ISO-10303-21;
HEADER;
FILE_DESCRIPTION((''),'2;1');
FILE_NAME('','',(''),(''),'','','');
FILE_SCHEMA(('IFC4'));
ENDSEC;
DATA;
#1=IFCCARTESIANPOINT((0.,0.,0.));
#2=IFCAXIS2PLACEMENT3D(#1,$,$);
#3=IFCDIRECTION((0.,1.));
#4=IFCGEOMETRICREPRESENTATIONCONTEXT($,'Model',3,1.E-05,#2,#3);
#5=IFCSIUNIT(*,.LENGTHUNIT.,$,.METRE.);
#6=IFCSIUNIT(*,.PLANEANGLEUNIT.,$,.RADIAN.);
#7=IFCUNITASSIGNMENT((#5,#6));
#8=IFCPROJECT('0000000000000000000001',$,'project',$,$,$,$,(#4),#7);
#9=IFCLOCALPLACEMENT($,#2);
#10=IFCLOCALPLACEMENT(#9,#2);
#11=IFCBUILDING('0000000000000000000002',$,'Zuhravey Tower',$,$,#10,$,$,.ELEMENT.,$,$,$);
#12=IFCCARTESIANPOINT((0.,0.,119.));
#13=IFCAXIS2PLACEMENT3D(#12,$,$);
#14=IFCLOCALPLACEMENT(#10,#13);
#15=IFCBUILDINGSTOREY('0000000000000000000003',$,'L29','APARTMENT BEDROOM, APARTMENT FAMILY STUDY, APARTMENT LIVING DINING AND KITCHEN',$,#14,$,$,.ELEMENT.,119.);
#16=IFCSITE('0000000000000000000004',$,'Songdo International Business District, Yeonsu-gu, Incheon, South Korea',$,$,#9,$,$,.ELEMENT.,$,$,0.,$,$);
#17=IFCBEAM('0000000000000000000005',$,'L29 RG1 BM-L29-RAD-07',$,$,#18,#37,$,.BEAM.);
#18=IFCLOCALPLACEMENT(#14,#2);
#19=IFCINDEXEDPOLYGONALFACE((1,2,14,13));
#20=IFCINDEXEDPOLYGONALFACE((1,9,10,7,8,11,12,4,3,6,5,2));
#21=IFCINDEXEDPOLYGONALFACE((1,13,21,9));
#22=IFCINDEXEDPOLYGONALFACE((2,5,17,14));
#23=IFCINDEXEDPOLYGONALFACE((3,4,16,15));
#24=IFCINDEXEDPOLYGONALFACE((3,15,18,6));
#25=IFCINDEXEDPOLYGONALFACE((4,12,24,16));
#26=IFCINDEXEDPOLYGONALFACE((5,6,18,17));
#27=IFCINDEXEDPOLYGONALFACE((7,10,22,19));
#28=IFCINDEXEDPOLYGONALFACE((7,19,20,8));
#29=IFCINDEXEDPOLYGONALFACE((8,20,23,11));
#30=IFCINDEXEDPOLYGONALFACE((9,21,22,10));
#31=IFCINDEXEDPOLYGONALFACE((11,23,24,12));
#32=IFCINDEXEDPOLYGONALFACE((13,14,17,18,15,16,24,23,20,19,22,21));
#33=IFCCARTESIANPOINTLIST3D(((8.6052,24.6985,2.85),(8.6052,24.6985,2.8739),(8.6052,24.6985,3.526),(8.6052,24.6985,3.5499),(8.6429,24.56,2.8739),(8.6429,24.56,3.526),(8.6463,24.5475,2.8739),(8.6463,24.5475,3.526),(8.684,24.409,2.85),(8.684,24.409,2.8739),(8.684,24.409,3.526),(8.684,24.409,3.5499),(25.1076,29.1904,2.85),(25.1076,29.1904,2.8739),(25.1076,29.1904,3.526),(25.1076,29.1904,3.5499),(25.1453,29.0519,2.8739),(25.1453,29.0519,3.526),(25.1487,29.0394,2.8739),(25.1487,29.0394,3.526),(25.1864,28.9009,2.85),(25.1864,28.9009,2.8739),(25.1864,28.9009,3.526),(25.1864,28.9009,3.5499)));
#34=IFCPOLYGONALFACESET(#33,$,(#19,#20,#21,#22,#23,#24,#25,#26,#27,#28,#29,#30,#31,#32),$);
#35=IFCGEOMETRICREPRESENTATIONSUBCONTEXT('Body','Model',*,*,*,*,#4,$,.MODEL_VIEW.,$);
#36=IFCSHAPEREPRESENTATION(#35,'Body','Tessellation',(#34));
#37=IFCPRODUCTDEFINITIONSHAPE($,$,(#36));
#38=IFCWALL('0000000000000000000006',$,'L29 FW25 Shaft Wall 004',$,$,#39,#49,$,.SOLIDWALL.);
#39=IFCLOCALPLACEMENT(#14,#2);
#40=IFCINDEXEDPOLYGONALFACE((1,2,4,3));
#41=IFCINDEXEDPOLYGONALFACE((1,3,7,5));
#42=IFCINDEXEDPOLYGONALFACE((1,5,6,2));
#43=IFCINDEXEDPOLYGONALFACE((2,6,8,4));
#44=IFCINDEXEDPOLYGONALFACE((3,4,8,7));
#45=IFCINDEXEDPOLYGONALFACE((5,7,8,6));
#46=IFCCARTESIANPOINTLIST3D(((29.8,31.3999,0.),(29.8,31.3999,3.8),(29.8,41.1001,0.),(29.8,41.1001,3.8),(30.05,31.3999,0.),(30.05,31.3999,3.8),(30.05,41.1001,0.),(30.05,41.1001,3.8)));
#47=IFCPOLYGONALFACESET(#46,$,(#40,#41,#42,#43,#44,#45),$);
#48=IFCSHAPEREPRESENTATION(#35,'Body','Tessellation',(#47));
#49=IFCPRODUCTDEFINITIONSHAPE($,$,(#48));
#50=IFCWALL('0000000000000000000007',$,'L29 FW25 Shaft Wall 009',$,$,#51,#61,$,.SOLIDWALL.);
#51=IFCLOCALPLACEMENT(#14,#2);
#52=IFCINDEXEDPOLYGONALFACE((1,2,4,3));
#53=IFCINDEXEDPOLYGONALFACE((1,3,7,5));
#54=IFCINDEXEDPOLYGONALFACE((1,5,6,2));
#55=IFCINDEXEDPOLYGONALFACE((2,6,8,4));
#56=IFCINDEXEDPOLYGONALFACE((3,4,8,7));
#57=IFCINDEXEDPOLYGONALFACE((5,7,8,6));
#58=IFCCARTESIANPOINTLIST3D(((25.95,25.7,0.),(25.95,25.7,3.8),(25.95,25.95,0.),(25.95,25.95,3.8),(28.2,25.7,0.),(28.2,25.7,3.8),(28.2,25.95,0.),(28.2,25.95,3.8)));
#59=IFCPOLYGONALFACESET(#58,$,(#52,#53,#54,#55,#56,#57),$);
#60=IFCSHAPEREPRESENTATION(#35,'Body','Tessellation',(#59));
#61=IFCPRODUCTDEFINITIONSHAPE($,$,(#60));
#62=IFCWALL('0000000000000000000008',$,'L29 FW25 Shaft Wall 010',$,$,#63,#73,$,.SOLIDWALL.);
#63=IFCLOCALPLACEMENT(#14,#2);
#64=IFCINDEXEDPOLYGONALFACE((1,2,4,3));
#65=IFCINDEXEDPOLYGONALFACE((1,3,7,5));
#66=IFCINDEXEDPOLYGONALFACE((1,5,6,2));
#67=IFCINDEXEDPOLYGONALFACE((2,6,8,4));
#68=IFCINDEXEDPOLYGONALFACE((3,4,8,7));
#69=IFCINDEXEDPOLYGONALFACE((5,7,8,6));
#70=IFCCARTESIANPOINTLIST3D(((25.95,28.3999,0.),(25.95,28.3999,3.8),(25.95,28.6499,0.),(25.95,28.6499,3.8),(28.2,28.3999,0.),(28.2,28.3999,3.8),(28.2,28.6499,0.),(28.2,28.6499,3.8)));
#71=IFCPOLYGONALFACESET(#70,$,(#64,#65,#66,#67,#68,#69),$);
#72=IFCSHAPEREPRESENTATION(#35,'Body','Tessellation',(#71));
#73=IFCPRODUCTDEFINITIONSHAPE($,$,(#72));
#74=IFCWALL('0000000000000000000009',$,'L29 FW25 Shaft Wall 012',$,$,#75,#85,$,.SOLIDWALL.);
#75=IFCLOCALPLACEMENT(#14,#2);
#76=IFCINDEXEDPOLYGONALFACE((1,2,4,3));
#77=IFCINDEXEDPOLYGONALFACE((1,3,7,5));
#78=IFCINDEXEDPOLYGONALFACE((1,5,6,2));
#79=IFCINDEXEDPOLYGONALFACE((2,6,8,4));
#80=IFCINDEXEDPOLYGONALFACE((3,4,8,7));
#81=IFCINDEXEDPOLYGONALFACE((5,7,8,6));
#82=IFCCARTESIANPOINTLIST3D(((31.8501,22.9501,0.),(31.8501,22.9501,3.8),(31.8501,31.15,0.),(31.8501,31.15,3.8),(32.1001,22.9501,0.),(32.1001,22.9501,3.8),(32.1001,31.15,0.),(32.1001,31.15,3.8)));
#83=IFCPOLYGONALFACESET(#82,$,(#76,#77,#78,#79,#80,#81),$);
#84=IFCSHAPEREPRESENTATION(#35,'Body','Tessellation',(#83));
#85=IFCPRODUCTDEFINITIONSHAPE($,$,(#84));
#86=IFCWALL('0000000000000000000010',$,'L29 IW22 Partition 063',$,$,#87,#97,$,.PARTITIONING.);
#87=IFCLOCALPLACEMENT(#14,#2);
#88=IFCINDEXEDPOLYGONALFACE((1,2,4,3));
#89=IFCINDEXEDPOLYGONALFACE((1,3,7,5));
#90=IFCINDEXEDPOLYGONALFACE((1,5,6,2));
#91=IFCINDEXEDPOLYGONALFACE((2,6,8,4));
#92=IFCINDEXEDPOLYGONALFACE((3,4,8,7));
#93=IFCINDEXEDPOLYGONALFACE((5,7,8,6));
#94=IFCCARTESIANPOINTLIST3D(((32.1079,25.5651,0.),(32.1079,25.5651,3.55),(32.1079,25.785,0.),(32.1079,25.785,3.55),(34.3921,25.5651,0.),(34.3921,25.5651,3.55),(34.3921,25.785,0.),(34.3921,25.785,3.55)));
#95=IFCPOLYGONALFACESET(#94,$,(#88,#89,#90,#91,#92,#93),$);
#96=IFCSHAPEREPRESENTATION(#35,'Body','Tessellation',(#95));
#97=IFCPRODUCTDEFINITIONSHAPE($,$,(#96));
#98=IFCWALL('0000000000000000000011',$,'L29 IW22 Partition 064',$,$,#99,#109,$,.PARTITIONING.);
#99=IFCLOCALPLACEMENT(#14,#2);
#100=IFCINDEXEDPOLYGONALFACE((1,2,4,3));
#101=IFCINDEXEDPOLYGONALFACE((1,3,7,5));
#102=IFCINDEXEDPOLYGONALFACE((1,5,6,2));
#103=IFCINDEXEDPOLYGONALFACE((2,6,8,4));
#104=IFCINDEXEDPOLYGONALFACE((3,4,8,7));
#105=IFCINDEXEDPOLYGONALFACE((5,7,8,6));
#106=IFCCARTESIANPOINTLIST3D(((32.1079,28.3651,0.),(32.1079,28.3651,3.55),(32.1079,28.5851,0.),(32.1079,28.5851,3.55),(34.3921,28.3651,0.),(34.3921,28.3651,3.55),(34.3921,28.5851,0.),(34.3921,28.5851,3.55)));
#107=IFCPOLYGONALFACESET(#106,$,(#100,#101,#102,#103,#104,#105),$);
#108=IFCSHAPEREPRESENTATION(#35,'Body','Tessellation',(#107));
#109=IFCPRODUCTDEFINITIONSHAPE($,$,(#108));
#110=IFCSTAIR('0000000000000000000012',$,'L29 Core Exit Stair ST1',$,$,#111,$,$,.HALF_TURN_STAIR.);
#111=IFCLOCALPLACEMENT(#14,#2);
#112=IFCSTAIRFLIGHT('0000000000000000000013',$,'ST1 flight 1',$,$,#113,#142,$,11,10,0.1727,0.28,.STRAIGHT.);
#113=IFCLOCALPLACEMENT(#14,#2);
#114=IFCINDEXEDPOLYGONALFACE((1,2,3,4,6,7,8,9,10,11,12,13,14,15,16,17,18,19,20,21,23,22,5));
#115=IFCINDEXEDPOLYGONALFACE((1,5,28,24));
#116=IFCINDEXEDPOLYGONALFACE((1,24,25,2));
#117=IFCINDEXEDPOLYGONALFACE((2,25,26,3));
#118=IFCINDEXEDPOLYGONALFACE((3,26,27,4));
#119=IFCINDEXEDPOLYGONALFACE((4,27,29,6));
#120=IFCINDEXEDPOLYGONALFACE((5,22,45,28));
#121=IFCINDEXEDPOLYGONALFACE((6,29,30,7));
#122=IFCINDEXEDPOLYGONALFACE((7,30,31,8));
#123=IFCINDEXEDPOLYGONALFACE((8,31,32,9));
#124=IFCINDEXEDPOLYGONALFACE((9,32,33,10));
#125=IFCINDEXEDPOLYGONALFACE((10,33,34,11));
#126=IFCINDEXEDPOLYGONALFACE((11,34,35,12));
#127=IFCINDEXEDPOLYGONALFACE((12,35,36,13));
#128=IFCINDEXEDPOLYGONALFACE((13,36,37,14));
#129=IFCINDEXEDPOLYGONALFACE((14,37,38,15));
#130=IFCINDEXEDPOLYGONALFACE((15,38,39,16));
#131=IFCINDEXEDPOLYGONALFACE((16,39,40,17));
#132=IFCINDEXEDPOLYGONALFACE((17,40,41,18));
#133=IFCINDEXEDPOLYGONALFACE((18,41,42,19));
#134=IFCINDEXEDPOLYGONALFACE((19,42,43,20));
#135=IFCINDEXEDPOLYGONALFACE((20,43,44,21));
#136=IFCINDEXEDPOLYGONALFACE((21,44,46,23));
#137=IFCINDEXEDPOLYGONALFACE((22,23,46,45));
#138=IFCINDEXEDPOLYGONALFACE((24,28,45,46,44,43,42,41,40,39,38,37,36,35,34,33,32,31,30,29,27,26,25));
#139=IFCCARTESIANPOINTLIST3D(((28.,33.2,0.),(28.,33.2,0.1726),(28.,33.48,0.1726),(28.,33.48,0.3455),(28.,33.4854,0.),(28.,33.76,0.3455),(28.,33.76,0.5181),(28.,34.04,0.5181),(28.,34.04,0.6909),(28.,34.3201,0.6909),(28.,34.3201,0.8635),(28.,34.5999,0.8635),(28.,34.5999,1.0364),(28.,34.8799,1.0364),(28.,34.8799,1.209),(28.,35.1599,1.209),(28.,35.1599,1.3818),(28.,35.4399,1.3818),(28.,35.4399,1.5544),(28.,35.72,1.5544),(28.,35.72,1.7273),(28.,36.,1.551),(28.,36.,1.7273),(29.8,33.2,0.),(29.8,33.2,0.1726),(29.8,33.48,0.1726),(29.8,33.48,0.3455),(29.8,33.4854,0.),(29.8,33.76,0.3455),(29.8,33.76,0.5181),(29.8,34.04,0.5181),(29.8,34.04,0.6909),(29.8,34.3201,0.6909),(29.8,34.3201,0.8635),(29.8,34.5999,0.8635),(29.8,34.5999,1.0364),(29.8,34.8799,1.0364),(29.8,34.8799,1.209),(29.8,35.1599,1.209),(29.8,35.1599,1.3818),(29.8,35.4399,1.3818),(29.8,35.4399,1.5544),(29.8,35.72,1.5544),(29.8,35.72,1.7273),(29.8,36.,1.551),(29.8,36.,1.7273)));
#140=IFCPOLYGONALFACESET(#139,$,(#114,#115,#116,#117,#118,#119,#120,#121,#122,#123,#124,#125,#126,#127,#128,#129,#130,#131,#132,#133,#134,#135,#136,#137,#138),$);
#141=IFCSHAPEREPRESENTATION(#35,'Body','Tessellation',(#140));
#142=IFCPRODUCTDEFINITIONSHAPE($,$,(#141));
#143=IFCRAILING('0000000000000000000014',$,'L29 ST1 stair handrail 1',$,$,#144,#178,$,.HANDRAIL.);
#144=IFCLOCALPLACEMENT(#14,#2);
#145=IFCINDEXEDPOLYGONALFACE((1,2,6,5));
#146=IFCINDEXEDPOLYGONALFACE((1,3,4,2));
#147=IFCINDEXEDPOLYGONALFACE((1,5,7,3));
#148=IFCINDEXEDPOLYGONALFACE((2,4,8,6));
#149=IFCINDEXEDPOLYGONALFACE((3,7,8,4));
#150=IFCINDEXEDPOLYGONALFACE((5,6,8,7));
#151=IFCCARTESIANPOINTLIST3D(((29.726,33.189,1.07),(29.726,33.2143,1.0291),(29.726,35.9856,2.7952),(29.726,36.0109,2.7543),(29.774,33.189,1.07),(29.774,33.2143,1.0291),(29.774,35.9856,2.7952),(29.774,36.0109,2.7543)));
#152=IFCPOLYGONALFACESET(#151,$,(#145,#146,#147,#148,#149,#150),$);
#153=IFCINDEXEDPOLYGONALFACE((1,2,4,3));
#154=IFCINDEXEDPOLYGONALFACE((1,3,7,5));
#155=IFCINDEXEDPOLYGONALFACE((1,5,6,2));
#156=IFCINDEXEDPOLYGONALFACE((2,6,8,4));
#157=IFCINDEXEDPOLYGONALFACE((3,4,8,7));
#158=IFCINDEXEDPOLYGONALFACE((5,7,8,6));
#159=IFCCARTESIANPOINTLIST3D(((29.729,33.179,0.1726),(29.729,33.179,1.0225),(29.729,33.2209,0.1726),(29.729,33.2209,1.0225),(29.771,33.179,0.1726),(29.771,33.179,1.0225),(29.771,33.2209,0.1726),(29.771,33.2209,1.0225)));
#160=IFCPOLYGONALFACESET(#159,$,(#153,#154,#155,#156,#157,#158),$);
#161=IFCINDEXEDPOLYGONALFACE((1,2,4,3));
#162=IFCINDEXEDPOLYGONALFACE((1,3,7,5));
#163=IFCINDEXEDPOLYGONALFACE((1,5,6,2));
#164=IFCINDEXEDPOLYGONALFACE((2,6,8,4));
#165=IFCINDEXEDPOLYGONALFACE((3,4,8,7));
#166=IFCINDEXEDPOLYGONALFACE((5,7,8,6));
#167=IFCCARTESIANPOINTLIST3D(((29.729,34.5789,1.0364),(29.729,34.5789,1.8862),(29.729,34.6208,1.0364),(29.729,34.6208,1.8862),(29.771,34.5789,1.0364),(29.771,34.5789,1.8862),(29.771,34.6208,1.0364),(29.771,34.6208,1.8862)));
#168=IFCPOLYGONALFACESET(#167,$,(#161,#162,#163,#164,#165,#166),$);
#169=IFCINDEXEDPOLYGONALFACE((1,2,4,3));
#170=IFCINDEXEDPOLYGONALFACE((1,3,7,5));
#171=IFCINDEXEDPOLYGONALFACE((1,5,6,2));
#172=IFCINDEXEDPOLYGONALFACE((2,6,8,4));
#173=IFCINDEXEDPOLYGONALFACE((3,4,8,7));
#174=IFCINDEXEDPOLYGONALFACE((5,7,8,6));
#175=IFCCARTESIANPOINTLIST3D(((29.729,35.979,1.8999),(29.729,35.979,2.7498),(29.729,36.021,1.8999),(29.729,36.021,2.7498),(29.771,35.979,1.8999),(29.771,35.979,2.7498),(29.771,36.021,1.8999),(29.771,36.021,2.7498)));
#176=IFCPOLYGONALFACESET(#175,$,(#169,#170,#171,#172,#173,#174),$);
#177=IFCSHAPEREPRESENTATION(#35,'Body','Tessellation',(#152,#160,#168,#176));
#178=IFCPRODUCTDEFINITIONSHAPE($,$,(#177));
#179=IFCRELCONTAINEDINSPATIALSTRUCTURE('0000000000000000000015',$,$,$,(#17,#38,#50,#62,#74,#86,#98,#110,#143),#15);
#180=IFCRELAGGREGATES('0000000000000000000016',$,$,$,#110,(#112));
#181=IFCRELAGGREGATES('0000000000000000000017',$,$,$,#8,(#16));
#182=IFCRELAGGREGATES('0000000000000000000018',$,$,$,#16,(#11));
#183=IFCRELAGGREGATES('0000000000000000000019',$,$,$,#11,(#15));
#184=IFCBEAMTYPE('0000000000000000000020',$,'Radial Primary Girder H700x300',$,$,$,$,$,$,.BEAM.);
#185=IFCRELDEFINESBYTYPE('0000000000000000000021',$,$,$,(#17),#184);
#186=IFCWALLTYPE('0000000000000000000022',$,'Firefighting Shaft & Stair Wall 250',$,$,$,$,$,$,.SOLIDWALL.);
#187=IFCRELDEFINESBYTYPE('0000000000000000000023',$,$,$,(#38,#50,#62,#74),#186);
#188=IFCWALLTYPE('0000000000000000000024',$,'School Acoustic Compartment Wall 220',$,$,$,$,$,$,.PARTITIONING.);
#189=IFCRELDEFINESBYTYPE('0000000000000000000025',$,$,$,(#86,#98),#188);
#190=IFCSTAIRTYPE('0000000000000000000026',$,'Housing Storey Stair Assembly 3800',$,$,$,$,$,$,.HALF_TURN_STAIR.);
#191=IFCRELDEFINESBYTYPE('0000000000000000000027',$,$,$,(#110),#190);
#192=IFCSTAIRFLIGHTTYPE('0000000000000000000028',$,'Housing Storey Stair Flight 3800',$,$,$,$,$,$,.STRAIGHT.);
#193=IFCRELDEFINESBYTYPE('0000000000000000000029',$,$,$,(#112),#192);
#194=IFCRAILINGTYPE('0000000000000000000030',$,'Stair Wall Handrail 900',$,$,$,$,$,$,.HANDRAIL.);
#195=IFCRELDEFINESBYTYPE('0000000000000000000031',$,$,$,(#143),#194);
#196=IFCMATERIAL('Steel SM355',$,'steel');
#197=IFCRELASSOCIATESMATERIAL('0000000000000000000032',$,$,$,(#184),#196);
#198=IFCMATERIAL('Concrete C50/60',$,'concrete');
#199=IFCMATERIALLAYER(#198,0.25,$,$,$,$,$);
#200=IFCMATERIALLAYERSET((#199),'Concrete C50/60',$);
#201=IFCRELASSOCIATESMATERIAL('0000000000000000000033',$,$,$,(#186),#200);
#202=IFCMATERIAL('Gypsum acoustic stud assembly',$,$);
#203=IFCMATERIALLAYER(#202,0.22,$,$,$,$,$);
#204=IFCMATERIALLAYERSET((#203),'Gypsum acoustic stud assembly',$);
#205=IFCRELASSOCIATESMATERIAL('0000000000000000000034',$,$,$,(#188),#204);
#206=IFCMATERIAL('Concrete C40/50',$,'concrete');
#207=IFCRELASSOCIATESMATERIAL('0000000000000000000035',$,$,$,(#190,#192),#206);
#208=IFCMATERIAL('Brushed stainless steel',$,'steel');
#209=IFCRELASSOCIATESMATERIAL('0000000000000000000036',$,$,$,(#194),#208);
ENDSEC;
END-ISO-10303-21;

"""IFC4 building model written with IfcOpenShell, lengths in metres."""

from ifc_helpers import new_model, si_unit, direction, frame, frame_2d, origin, origin_2d, place, context, subcontext, project, spatial, polyline, rectangle, i_section, outline, extrude, material, layer, layer_set, material_profile, profile_set, type_object, element, aggregate, save


model = new_model("IFC4")

# Units and contexts
model_context = context("Model", 3, precision=1e-05, world=origin(), true_north=direction((0.0, 1.0)))
body_context = subcontext(model_context, "Body", "Model", "MODEL_VIEW")
ifc_project = project(units=[si_unit("LENGTHUNIT", "METRE"), si_unit("PLANEANGLEUNIT", "RADIAN")], contexts=[model_context])

# Site, building, storey
site_placement = place(None, origin())
site = spatial("IfcSite", under=ifc_project, at=site_placement, Name="Songdo International Business District, Yeonsu-gu, Incheon, South Korea", CompositionType="ELEMENT", RefElevation=0.0)
building_placement = place(site_placement, origin())
building = spatial("IfcBuilding", under=site, at=building_placement, Name="Zuhravey Tower", CompositionType="ELEMENT")
storey_placement = place(building_placement, frame((0.0, 0.0, 119.0)))
storey = spatial("IfcBuildingStorey", under=building, at=storey_placement, Name="L29", Description="APARTMENT BEDROOM, APARTMENT FAMILY STUDY, APARTMENT LIVING DINING AND KITCHEN", CompositionType="ELEMENT", Elevation=119.0)

# Beam
ifc_material_1 = material(Name="Steel SM355", Category="steel")
ifc_material_profile = material_profile(ifc_material_1, i_section(OverallWidth=0.3, OverallDepth=0.7, WebThickness=0.0129, FlangeThickness=0.0239, at=origin_2d()), Name="H-700x300x13x24")
ifc_profile_set = profile_set([ifc_material_profile], Name="Steel SM355")
beam_type = type_object("IfcBeamType", Name="Radial Primary Girder H700x300", PredefinedType="BEAM", material=ifc_profile_set)
beam_placement = place(storey_placement, frame((25.147, 29.0457, 3.2), z_axis=(-0.964893, -0.262643, 0.0), x_axis=(0.262643, -0.964893, 0.0)))
element("IfcBeam", 1, at=beam_placement, inside=storey, type_object=beam_type, Name="L29 RG1 BM-L29-RAD-07", PredefinedType="BEAM", context=body_context, shape_type="SweptSolid", body=[
    extrude(i_section(OverallWidth=0.3, OverallDepth=0.7, WebThickness=0.0129, FlangeThickness=0.0239, at=origin_2d()), origin(), (0.0, 0.0, 1.0), 17.1028),
])

# Shared definitions
ifc_material_2 = material(Name="Concrete C50/60", Category="concrete")
ifc_layer_1 = layer(ifc_material_2, 0.25)
ifc_layer_set_1 = layer_set([ifc_layer_1], Name="Concrete C50/60")
wall_type_1 = type_object("IfcWallType", Name="Firefighting Shaft & Stair Wall 250", PredefinedType="SOLIDWALL", material=ifc_layer_set_1)

# Walls
wall_1_placement = place(storey_placement, frame((29.925, 31.3999, 0.0), z_axis=(0.0, 0.0, 1.0), x_axis=(0.0, 1.0, 0.0)))
element("IfcWall", 2, at=wall_1_placement, inside=storey, type_object=wall_type_1, Name="L29 FW25 Shaft Wall 004", PredefinedType="SOLIDWALL", context=body_context, shape_type="SweptSolid", body=[
    extrude(rectangle(XDim=9.7002, YDim=0.25, at=frame_2d((4.8501, 0.0))), origin(), (0.0, 0.0, 1.0), 3.8),
])
for number, where, z_axis, x_axis, name in (
    (3, (25.95, 25.825, 0.0), (0.0, 0.0, 1.0), (1.0, 0.0, 0.0), "L29 FW25 Shaft Wall 009"),
    (4, (25.95, 28.5249, 0.0), (0.0, 0.0, 1.0), (1.0, 0.0, 0.0), "L29 FW25 Shaft Wall 010"),
):
    element("IfcWall", number, at=place(storey_placement, frame(where, z_axis=z_axis, x_axis=x_axis)), inside=storey, type_object=wall_type_1, Name=name, PredefinedType="SOLIDWALL", context=body_context, shape_type="SweptSolid", body=[
        extrude(rectangle(XDim=2.25, YDim=0.25, at=frame_2d((1.125, 0.0))), origin(), (0.0, 0.0, 1.0), 3.8),
    ])
wall_2_placement = place(storey_placement, frame((31.9751, 22.95, 0.0), z_axis=(0.0, 0.0, 1.0), x_axis=(0.0, 1.0, 0.0)))
element("IfcWall", 5, at=wall_2_placement, inside=storey, type_object=wall_type_1, Name="L29 FW25 Shaft Wall 012", PredefinedType="SOLIDWALL", context=body_context, shape_type="SweptSolid", body=[
    extrude(rectangle(XDim=8.2, YDim=0.25, at=frame_2d((4.1001, 0.0))), origin(), (0.0, 0.0, 1.0), 3.8),
])
ifc_material_3 = material(Name="Gypsum acoustic stud assembly")
ifc_layer_2 = layer(ifc_material_3, 0.22)
ifc_layer_set_2 = layer_set([ifc_layer_2], Name="Gypsum acoustic stud assembly")
wall_type_2 = type_object("IfcWallType", Name="School Acoustic Compartment Wall 220", PredefinedType="PARTITIONING", material=ifc_layer_set_2)
for number, where, z_axis, x_axis, name in (
    (6, (32.1079, 25.675, 0.0), (0.0, 0.0, 1.0), (1.0, 0.0, 0.0), "L29 IW22 Partition 063"),
    (7, (32.1079, 28.4751, 0.0), (0.0, 0.0, 1.0), (1.0, 0.0, 0.0), "L29 IW22 Partition 064"),
):
    element("IfcWall", number, at=place(storey_placement, frame(where, z_axis=z_axis, x_axis=x_axis)), inside=storey, type_object=wall_type_2, Name=name, PredefinedType="PARTITIONING", context=body_context, shape_type="SweptSolid", body=[
        extrude(rectangle(XDim=2.2842, YDim=0.22, at=frame_2d((1.1421, 0.0))), origin(), (0.0, 0.0, 1.0), 3.55),
    ])

# Stair, stair flight
ifc_material_4 = material(Name="Concrete C40/50", Category="concrete")
stair_type = type_object("IfcStairType", Name="Housing Storey Stair Assembly 3800", PredefinedType="HALF_TURN_STAIR", material=ifc_material_4)
stair_placement = place(storey_placement, origin())
stair = element("IfcStair", 8, at=stair_placement, inside=storey, type_object=stair_type, Name="L29 Core Exit Stair ST1", PredefinedType="HALF_TURN_STAIR")
stair_flight_type = type_object("IfcStairFlightType", Name="Housing Storey Stair Flight 3800", PredefinedType="STRAIGHT", material=ifc_material_4)
stair_flight_placement = place(storey_placement, frame((28.8999, 33.2, 0.0), z_axis=(0.0, 0.0, 1.0), x_axis=(0.0, 1.0, 0.0)))
stair_flight = element("IfcStairFlight", 9, at=stair_flight_placement, type_object=stair_flight_type, Name="ST1 flight 1", NumberOfRisers=11, NumberOfTreads=10, PredefinedType="STRAIGHT", RiserHeight=0.1727, TreadLength=0.28, context=body_context, shape_type="SweptSolid", body=[
    extrude(outline(polyline([(0.0, 0.0), (0.0, 0.1726), (0.28, 0.1726), (0.28, 0.3455), (0.5601, 0.3455), (0.5601, 0.5181), (0.8401, 0.5181), (0.8401, 0.6909), (1.1201, 0.6909), (1.1201, 0.8635), (1.3999, 0.8635), (1.3999, 1.0364), (1.6799, 1.0364), (1.6799, 1.209), (1.96, 1.209), (1.96, 1.3818), (2.24, 1.3818), (2.24, 1.5544), (2.52, 1.5544), (2.52, 1.7273), (2.8, 1.7273), (2.8, 1.8999), (2.8, 1.551), (0.2854, 0.0), (0.0, 0.0)])), frame((0.0, 0.8999, 0.0), z_axis=(0.0, -1.0, 0.0), x_axis=(1.0, 0.0, 0.0)), (0.0, 0.0, 1.0), 1.8),
])
aggregate(stair, [stair_flight])

# Railing
ifc_material_5 = material(Name="Brushed stainless steel", Category="steel")
railing_type_1 = type_object("IfcRailingType", Name="Stair Wall Handrail 900", PredefinedType="HANDRAIL", material=ifc_material_5)
railing_1_placement = place(storey_placement, frame((29.75, 33.2, 0.1726)))
element("IfcRailing", 10, at=railing_1_placement, inside=storey, type_object=railing_type_1, Name="L29 ST1 stair handrail 1", PredefinedType="HANDRAIL", context=body_context, shape_type="SweptSolid", body=[
    extrude(rectangle(XDim=0.0481, YDim=0.0481, at=origin_2d()), frame((0.0, 0.0017, 0.877), z_axis=(0.0, 0.85109, 0.52502), x_axis=(-1.0, 0.0, 0.0)), (0.0, 0.0, 1.0), 3.2859),
    extrude(rectangle(XDim=0.042, YDim=0.042, at=origin_2d()), origin(), (0.0, 0.0, 1.0), 0.8499),
    extrude(rectangle(XDim=0.042, YDim=0.042, at=origin_2d()), frame((0.0, 1.3999, 0.8638)), (0.0, 0.0, 1.0), 0.8499),
    extrude(rectangle(XDim=0.042, YDim=0.042, at=origin_2d()), frame((0.0, 2.8, 1.7273)), (0.0, 0.0, 1.0), 0.8499),
])

save(model, "model.ifc")
